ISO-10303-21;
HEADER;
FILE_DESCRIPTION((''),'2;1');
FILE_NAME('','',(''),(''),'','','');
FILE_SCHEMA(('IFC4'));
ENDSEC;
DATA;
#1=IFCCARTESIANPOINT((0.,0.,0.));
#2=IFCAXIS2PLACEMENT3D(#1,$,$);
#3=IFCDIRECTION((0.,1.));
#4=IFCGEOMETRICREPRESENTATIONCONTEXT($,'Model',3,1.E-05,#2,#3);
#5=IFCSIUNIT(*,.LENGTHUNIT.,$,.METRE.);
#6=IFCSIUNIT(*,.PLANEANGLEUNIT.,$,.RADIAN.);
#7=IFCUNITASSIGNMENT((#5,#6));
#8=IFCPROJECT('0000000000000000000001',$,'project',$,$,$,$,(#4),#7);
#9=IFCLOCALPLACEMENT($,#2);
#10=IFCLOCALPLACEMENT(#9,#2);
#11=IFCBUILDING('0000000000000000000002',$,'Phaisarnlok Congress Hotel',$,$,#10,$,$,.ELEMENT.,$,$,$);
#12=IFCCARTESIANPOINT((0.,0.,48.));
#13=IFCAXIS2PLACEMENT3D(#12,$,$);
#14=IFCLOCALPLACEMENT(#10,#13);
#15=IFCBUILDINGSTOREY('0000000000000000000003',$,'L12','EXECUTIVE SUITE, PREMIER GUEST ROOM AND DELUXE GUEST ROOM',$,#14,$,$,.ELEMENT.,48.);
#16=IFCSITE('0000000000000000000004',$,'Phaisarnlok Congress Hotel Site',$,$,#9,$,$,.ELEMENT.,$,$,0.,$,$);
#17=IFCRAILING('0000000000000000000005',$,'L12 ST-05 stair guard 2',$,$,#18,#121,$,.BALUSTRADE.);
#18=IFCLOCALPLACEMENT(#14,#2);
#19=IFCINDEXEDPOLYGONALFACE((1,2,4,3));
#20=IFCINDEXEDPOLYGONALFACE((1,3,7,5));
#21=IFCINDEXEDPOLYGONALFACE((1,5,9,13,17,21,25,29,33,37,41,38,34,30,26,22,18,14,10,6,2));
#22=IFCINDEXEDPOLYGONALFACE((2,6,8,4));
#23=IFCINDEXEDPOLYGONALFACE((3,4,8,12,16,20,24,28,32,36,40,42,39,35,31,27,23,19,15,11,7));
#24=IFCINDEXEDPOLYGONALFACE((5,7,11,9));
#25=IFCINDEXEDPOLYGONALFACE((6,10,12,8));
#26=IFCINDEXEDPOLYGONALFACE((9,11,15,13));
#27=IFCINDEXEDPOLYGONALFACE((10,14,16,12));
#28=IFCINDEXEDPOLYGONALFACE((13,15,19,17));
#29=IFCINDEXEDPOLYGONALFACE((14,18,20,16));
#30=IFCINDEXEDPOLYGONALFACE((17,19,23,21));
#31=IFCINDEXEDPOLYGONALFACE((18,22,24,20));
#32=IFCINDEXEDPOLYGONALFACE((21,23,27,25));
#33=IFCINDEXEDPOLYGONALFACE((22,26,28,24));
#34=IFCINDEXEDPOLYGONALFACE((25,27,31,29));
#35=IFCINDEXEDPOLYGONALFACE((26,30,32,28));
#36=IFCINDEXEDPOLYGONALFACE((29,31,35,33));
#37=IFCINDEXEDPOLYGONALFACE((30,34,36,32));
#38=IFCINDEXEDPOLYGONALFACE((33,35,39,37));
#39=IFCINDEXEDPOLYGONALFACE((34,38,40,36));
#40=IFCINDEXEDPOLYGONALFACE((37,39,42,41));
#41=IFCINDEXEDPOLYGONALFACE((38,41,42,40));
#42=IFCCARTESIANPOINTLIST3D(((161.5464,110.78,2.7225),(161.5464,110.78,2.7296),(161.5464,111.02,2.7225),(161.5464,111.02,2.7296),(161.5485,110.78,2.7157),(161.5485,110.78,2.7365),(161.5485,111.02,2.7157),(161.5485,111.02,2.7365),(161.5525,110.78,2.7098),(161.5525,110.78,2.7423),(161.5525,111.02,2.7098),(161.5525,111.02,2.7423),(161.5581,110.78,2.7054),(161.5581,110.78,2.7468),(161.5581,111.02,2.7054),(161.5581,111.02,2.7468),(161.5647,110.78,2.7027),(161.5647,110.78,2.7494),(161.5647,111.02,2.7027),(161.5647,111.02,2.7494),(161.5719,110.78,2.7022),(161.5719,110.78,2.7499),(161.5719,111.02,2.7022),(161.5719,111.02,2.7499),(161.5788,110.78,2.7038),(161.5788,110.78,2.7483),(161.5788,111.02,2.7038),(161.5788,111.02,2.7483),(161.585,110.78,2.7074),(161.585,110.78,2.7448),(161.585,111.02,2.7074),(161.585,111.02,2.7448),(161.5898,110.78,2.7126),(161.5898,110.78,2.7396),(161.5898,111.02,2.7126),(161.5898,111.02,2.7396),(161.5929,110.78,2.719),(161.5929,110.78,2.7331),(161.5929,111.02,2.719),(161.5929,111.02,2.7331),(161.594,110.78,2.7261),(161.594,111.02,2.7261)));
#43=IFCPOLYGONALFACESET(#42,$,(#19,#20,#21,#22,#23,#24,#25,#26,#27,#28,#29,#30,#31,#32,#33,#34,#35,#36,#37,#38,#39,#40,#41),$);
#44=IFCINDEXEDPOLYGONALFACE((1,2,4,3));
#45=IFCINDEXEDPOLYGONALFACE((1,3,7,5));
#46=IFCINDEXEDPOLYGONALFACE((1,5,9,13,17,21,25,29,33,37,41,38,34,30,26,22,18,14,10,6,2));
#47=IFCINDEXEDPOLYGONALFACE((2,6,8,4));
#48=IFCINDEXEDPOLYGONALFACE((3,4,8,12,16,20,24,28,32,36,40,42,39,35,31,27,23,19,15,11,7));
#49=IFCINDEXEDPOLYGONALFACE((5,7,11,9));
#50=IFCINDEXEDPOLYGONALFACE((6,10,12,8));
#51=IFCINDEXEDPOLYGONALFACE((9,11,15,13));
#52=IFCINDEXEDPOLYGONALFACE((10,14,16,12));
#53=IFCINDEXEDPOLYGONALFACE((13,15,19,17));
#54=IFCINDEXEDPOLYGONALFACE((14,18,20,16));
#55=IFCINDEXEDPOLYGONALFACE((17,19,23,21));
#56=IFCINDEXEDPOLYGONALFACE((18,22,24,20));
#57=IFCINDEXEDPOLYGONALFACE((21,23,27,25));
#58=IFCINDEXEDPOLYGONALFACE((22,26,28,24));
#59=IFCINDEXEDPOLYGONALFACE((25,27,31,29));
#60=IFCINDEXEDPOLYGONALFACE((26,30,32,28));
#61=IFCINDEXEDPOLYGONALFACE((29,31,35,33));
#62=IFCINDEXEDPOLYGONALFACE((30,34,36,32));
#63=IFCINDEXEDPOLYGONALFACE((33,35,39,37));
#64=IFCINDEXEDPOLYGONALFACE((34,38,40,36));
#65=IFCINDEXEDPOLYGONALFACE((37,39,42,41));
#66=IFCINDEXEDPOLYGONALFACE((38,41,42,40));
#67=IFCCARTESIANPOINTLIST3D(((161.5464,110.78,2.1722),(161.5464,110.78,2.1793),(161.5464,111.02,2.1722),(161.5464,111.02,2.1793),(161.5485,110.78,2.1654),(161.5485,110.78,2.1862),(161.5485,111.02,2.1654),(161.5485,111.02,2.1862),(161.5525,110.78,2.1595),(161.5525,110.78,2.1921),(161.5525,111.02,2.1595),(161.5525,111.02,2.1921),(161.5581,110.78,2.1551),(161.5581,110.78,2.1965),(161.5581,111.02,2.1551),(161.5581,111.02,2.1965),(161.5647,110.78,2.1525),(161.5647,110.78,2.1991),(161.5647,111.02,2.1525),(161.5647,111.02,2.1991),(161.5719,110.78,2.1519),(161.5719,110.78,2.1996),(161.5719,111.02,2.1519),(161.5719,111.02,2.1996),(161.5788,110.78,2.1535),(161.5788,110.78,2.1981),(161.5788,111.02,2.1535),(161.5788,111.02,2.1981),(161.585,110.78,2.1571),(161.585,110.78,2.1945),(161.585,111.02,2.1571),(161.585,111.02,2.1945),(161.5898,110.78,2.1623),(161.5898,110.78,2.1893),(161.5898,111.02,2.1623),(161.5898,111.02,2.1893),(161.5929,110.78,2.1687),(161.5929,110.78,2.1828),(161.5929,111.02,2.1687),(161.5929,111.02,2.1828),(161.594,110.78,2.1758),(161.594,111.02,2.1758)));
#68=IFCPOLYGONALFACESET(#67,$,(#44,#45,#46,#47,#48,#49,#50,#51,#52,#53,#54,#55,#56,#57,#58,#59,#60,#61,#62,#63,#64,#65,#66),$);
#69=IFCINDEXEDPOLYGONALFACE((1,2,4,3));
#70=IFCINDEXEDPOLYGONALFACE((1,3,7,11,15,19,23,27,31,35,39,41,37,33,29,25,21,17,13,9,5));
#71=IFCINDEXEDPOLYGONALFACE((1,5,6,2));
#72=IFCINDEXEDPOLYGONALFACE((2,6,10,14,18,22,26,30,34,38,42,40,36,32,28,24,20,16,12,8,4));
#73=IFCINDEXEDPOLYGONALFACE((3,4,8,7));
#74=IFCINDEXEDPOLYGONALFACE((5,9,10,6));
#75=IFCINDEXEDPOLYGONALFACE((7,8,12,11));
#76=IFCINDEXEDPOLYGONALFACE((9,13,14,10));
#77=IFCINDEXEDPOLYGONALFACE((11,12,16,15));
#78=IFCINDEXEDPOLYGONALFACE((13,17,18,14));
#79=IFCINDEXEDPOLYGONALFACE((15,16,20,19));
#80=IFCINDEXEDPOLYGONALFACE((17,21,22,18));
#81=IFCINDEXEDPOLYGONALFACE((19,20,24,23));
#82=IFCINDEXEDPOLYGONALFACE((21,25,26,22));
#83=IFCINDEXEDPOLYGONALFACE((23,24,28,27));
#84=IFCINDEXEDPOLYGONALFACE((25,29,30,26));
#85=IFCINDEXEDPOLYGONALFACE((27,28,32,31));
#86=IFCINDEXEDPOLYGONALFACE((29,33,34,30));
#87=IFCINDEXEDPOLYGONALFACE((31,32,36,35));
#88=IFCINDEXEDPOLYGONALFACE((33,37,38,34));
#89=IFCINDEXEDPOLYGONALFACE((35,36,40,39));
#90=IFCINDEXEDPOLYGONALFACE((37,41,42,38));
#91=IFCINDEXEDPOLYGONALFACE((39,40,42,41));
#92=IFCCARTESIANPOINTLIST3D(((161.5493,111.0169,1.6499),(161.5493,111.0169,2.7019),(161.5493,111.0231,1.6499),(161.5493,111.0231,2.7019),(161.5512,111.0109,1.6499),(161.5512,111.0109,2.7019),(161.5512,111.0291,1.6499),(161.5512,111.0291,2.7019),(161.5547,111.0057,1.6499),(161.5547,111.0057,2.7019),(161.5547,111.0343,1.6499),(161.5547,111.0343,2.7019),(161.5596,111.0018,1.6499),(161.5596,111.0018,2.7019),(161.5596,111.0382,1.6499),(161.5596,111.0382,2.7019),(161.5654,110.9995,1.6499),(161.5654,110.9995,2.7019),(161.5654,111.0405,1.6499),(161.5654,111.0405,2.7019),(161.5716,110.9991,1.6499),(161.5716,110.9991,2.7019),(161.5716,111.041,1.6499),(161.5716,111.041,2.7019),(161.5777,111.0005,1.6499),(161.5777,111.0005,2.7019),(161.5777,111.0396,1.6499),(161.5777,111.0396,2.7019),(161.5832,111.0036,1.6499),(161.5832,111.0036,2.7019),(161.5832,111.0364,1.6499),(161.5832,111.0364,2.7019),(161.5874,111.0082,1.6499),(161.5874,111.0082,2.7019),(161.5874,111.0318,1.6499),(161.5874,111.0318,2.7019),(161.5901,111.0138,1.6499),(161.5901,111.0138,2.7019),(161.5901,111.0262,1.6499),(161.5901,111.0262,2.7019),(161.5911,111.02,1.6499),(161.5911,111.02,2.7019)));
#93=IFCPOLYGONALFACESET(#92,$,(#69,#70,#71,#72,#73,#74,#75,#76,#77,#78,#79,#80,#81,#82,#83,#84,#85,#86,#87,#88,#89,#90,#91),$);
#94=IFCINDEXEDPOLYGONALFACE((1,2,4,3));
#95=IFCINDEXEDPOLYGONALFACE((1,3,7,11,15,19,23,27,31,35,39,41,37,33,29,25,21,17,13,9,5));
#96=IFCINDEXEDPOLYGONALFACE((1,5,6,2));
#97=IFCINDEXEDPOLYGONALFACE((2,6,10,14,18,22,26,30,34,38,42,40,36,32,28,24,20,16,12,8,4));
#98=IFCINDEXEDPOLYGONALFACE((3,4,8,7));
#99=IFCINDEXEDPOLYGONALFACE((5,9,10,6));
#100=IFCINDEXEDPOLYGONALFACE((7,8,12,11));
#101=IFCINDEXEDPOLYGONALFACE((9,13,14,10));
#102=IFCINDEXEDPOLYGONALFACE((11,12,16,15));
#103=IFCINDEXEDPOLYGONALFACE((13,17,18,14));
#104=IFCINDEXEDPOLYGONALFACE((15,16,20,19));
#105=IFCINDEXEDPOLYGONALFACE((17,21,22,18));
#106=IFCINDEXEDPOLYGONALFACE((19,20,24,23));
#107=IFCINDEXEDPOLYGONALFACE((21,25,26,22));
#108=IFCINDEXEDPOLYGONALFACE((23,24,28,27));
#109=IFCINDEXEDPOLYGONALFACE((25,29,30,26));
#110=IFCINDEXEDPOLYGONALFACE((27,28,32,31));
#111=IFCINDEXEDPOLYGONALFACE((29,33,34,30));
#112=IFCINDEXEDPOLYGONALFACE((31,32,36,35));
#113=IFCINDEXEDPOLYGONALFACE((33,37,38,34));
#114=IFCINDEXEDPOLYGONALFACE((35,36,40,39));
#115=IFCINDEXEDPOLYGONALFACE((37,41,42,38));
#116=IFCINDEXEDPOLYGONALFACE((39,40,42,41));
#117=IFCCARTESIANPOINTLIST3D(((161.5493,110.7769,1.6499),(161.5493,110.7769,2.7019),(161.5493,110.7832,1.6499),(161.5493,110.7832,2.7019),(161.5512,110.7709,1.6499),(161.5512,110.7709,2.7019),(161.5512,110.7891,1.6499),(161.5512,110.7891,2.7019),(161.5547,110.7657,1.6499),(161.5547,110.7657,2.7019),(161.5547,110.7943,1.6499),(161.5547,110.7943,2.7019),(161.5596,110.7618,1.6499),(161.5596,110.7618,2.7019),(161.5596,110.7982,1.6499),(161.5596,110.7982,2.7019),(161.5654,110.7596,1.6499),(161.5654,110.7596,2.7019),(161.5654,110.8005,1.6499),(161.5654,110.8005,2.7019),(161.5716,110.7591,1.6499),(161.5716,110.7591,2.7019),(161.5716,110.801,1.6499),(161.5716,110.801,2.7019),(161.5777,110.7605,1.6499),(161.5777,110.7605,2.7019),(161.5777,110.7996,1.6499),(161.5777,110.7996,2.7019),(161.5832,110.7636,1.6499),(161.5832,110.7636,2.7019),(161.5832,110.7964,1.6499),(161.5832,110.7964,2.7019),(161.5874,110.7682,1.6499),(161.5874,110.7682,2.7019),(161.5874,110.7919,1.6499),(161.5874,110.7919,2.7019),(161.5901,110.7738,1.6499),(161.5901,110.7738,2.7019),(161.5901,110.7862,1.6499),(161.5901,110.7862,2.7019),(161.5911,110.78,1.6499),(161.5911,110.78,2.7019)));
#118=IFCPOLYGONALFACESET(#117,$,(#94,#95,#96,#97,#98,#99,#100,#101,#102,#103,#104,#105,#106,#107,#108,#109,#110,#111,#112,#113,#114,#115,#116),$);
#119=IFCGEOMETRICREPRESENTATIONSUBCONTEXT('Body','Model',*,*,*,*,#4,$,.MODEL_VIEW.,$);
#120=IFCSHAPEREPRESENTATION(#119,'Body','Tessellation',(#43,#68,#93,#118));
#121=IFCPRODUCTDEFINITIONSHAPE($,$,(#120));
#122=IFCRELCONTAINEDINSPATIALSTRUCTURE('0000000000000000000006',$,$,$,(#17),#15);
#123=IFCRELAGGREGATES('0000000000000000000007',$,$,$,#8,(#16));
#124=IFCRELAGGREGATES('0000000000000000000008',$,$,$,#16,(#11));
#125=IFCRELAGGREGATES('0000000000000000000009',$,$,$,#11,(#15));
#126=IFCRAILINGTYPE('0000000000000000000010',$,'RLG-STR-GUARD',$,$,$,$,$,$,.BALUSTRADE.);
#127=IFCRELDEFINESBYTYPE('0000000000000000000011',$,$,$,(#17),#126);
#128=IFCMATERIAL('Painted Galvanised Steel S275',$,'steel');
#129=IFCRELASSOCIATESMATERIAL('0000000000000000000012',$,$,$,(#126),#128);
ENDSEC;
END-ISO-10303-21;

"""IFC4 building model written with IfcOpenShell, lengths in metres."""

from ifc_helpers import new_model, si_unit, direction, frame, origin, origin_2d, place, context, subcontext, project, spatial, circle, extrude, material, type_object, element, save


model = new_model("IFC4")

# Units and contexts
model_context = context("Model", 3, precision=1e-05, world=origin(), true_north=direction((0.0, 1.0)))
body_context = subcontext(model_context, "Body", "Model", "MODEL_VIEW")
ifc_project = project(units=[si_unit("LENGTHUNIT", "METRE"), si_unit("PLANEANGLEUNIT", "RADIAN")], contexts=[model_context])

# Site, building, storey
site_placement = place(None, origin())
site = spatial("IfcSite", under=ifc_project, at=site_placement, Name="Phaisarnlok Congress Hotel Site", CompositionType="ELEMENT", RefElevation=0.0)
building_placement = place(site_placement, origin())
building = spatial("IfcBuilding", under=site, at=building_placement, Name="Phaisarnlok Congress Hotel", CompositionType="ELEMENT")
storey_placement = place(building_placement, frame((0.0, 0.0, 48.0)))
storey = spatial("IfcBuildingStorey", under=building, at=storey_placement, Name="L12", Description="EXECUTIVE SUITE, PREMIER GUEST ROOM AND DELUXE GUEST ROOM", CompositionType="ELEMENT", Elevation=48.0)

# Railing
ifc_material_1 = material(Name="Painted Galvanised Steel S275", Category="steel")
railing_type = type_object("IfcRailingType", Name="RLG-STR-GUARD", PredefinedType="BALUSTRADE", material=ifc_material_1)
railing_placement = place(storey_placement, frame((161.5701, 111.02, 1.6499)))
element("IfcRailing", 1, at=railing_placement, inside=storey, type_object=railing_type, Name="L12 ST-05 stair guard 2", PredefinedType="BALUSTRADE", context=body_context, shape_type="SweptSolid", body=[
    extrude(circle(Radius=0.0239, at=origin_2d()), frame((0.0, 0.0, 1.0762), z_axis=(0.0, -1.0, 0.0), x_axis=(1.0, 0.0, 0.0)), (0.0, 0.0, 1.0), 0.24),
    extrude(circle(Radius=0.0239, at=origin_2d()), frame((0.0, 0.0, 0.5259), z_axis=(0.0, -1.0, 0.0), x_axis=(1.0, 0.0, 0.0)), (0.0, 0.0, 1.0), 0.24),
    extrude(circle(Radius=0.021, at=origin_2d()), origin(), (0.0, 0.0, 1.0), 1.052),
    extrude(circle(Radius=0.021, at=origin_2d()), frame((0.0, -0.24, 0.0)), (0.0, 0.0, 1.0), 1.052),
])

save(model, "model.ifc")
